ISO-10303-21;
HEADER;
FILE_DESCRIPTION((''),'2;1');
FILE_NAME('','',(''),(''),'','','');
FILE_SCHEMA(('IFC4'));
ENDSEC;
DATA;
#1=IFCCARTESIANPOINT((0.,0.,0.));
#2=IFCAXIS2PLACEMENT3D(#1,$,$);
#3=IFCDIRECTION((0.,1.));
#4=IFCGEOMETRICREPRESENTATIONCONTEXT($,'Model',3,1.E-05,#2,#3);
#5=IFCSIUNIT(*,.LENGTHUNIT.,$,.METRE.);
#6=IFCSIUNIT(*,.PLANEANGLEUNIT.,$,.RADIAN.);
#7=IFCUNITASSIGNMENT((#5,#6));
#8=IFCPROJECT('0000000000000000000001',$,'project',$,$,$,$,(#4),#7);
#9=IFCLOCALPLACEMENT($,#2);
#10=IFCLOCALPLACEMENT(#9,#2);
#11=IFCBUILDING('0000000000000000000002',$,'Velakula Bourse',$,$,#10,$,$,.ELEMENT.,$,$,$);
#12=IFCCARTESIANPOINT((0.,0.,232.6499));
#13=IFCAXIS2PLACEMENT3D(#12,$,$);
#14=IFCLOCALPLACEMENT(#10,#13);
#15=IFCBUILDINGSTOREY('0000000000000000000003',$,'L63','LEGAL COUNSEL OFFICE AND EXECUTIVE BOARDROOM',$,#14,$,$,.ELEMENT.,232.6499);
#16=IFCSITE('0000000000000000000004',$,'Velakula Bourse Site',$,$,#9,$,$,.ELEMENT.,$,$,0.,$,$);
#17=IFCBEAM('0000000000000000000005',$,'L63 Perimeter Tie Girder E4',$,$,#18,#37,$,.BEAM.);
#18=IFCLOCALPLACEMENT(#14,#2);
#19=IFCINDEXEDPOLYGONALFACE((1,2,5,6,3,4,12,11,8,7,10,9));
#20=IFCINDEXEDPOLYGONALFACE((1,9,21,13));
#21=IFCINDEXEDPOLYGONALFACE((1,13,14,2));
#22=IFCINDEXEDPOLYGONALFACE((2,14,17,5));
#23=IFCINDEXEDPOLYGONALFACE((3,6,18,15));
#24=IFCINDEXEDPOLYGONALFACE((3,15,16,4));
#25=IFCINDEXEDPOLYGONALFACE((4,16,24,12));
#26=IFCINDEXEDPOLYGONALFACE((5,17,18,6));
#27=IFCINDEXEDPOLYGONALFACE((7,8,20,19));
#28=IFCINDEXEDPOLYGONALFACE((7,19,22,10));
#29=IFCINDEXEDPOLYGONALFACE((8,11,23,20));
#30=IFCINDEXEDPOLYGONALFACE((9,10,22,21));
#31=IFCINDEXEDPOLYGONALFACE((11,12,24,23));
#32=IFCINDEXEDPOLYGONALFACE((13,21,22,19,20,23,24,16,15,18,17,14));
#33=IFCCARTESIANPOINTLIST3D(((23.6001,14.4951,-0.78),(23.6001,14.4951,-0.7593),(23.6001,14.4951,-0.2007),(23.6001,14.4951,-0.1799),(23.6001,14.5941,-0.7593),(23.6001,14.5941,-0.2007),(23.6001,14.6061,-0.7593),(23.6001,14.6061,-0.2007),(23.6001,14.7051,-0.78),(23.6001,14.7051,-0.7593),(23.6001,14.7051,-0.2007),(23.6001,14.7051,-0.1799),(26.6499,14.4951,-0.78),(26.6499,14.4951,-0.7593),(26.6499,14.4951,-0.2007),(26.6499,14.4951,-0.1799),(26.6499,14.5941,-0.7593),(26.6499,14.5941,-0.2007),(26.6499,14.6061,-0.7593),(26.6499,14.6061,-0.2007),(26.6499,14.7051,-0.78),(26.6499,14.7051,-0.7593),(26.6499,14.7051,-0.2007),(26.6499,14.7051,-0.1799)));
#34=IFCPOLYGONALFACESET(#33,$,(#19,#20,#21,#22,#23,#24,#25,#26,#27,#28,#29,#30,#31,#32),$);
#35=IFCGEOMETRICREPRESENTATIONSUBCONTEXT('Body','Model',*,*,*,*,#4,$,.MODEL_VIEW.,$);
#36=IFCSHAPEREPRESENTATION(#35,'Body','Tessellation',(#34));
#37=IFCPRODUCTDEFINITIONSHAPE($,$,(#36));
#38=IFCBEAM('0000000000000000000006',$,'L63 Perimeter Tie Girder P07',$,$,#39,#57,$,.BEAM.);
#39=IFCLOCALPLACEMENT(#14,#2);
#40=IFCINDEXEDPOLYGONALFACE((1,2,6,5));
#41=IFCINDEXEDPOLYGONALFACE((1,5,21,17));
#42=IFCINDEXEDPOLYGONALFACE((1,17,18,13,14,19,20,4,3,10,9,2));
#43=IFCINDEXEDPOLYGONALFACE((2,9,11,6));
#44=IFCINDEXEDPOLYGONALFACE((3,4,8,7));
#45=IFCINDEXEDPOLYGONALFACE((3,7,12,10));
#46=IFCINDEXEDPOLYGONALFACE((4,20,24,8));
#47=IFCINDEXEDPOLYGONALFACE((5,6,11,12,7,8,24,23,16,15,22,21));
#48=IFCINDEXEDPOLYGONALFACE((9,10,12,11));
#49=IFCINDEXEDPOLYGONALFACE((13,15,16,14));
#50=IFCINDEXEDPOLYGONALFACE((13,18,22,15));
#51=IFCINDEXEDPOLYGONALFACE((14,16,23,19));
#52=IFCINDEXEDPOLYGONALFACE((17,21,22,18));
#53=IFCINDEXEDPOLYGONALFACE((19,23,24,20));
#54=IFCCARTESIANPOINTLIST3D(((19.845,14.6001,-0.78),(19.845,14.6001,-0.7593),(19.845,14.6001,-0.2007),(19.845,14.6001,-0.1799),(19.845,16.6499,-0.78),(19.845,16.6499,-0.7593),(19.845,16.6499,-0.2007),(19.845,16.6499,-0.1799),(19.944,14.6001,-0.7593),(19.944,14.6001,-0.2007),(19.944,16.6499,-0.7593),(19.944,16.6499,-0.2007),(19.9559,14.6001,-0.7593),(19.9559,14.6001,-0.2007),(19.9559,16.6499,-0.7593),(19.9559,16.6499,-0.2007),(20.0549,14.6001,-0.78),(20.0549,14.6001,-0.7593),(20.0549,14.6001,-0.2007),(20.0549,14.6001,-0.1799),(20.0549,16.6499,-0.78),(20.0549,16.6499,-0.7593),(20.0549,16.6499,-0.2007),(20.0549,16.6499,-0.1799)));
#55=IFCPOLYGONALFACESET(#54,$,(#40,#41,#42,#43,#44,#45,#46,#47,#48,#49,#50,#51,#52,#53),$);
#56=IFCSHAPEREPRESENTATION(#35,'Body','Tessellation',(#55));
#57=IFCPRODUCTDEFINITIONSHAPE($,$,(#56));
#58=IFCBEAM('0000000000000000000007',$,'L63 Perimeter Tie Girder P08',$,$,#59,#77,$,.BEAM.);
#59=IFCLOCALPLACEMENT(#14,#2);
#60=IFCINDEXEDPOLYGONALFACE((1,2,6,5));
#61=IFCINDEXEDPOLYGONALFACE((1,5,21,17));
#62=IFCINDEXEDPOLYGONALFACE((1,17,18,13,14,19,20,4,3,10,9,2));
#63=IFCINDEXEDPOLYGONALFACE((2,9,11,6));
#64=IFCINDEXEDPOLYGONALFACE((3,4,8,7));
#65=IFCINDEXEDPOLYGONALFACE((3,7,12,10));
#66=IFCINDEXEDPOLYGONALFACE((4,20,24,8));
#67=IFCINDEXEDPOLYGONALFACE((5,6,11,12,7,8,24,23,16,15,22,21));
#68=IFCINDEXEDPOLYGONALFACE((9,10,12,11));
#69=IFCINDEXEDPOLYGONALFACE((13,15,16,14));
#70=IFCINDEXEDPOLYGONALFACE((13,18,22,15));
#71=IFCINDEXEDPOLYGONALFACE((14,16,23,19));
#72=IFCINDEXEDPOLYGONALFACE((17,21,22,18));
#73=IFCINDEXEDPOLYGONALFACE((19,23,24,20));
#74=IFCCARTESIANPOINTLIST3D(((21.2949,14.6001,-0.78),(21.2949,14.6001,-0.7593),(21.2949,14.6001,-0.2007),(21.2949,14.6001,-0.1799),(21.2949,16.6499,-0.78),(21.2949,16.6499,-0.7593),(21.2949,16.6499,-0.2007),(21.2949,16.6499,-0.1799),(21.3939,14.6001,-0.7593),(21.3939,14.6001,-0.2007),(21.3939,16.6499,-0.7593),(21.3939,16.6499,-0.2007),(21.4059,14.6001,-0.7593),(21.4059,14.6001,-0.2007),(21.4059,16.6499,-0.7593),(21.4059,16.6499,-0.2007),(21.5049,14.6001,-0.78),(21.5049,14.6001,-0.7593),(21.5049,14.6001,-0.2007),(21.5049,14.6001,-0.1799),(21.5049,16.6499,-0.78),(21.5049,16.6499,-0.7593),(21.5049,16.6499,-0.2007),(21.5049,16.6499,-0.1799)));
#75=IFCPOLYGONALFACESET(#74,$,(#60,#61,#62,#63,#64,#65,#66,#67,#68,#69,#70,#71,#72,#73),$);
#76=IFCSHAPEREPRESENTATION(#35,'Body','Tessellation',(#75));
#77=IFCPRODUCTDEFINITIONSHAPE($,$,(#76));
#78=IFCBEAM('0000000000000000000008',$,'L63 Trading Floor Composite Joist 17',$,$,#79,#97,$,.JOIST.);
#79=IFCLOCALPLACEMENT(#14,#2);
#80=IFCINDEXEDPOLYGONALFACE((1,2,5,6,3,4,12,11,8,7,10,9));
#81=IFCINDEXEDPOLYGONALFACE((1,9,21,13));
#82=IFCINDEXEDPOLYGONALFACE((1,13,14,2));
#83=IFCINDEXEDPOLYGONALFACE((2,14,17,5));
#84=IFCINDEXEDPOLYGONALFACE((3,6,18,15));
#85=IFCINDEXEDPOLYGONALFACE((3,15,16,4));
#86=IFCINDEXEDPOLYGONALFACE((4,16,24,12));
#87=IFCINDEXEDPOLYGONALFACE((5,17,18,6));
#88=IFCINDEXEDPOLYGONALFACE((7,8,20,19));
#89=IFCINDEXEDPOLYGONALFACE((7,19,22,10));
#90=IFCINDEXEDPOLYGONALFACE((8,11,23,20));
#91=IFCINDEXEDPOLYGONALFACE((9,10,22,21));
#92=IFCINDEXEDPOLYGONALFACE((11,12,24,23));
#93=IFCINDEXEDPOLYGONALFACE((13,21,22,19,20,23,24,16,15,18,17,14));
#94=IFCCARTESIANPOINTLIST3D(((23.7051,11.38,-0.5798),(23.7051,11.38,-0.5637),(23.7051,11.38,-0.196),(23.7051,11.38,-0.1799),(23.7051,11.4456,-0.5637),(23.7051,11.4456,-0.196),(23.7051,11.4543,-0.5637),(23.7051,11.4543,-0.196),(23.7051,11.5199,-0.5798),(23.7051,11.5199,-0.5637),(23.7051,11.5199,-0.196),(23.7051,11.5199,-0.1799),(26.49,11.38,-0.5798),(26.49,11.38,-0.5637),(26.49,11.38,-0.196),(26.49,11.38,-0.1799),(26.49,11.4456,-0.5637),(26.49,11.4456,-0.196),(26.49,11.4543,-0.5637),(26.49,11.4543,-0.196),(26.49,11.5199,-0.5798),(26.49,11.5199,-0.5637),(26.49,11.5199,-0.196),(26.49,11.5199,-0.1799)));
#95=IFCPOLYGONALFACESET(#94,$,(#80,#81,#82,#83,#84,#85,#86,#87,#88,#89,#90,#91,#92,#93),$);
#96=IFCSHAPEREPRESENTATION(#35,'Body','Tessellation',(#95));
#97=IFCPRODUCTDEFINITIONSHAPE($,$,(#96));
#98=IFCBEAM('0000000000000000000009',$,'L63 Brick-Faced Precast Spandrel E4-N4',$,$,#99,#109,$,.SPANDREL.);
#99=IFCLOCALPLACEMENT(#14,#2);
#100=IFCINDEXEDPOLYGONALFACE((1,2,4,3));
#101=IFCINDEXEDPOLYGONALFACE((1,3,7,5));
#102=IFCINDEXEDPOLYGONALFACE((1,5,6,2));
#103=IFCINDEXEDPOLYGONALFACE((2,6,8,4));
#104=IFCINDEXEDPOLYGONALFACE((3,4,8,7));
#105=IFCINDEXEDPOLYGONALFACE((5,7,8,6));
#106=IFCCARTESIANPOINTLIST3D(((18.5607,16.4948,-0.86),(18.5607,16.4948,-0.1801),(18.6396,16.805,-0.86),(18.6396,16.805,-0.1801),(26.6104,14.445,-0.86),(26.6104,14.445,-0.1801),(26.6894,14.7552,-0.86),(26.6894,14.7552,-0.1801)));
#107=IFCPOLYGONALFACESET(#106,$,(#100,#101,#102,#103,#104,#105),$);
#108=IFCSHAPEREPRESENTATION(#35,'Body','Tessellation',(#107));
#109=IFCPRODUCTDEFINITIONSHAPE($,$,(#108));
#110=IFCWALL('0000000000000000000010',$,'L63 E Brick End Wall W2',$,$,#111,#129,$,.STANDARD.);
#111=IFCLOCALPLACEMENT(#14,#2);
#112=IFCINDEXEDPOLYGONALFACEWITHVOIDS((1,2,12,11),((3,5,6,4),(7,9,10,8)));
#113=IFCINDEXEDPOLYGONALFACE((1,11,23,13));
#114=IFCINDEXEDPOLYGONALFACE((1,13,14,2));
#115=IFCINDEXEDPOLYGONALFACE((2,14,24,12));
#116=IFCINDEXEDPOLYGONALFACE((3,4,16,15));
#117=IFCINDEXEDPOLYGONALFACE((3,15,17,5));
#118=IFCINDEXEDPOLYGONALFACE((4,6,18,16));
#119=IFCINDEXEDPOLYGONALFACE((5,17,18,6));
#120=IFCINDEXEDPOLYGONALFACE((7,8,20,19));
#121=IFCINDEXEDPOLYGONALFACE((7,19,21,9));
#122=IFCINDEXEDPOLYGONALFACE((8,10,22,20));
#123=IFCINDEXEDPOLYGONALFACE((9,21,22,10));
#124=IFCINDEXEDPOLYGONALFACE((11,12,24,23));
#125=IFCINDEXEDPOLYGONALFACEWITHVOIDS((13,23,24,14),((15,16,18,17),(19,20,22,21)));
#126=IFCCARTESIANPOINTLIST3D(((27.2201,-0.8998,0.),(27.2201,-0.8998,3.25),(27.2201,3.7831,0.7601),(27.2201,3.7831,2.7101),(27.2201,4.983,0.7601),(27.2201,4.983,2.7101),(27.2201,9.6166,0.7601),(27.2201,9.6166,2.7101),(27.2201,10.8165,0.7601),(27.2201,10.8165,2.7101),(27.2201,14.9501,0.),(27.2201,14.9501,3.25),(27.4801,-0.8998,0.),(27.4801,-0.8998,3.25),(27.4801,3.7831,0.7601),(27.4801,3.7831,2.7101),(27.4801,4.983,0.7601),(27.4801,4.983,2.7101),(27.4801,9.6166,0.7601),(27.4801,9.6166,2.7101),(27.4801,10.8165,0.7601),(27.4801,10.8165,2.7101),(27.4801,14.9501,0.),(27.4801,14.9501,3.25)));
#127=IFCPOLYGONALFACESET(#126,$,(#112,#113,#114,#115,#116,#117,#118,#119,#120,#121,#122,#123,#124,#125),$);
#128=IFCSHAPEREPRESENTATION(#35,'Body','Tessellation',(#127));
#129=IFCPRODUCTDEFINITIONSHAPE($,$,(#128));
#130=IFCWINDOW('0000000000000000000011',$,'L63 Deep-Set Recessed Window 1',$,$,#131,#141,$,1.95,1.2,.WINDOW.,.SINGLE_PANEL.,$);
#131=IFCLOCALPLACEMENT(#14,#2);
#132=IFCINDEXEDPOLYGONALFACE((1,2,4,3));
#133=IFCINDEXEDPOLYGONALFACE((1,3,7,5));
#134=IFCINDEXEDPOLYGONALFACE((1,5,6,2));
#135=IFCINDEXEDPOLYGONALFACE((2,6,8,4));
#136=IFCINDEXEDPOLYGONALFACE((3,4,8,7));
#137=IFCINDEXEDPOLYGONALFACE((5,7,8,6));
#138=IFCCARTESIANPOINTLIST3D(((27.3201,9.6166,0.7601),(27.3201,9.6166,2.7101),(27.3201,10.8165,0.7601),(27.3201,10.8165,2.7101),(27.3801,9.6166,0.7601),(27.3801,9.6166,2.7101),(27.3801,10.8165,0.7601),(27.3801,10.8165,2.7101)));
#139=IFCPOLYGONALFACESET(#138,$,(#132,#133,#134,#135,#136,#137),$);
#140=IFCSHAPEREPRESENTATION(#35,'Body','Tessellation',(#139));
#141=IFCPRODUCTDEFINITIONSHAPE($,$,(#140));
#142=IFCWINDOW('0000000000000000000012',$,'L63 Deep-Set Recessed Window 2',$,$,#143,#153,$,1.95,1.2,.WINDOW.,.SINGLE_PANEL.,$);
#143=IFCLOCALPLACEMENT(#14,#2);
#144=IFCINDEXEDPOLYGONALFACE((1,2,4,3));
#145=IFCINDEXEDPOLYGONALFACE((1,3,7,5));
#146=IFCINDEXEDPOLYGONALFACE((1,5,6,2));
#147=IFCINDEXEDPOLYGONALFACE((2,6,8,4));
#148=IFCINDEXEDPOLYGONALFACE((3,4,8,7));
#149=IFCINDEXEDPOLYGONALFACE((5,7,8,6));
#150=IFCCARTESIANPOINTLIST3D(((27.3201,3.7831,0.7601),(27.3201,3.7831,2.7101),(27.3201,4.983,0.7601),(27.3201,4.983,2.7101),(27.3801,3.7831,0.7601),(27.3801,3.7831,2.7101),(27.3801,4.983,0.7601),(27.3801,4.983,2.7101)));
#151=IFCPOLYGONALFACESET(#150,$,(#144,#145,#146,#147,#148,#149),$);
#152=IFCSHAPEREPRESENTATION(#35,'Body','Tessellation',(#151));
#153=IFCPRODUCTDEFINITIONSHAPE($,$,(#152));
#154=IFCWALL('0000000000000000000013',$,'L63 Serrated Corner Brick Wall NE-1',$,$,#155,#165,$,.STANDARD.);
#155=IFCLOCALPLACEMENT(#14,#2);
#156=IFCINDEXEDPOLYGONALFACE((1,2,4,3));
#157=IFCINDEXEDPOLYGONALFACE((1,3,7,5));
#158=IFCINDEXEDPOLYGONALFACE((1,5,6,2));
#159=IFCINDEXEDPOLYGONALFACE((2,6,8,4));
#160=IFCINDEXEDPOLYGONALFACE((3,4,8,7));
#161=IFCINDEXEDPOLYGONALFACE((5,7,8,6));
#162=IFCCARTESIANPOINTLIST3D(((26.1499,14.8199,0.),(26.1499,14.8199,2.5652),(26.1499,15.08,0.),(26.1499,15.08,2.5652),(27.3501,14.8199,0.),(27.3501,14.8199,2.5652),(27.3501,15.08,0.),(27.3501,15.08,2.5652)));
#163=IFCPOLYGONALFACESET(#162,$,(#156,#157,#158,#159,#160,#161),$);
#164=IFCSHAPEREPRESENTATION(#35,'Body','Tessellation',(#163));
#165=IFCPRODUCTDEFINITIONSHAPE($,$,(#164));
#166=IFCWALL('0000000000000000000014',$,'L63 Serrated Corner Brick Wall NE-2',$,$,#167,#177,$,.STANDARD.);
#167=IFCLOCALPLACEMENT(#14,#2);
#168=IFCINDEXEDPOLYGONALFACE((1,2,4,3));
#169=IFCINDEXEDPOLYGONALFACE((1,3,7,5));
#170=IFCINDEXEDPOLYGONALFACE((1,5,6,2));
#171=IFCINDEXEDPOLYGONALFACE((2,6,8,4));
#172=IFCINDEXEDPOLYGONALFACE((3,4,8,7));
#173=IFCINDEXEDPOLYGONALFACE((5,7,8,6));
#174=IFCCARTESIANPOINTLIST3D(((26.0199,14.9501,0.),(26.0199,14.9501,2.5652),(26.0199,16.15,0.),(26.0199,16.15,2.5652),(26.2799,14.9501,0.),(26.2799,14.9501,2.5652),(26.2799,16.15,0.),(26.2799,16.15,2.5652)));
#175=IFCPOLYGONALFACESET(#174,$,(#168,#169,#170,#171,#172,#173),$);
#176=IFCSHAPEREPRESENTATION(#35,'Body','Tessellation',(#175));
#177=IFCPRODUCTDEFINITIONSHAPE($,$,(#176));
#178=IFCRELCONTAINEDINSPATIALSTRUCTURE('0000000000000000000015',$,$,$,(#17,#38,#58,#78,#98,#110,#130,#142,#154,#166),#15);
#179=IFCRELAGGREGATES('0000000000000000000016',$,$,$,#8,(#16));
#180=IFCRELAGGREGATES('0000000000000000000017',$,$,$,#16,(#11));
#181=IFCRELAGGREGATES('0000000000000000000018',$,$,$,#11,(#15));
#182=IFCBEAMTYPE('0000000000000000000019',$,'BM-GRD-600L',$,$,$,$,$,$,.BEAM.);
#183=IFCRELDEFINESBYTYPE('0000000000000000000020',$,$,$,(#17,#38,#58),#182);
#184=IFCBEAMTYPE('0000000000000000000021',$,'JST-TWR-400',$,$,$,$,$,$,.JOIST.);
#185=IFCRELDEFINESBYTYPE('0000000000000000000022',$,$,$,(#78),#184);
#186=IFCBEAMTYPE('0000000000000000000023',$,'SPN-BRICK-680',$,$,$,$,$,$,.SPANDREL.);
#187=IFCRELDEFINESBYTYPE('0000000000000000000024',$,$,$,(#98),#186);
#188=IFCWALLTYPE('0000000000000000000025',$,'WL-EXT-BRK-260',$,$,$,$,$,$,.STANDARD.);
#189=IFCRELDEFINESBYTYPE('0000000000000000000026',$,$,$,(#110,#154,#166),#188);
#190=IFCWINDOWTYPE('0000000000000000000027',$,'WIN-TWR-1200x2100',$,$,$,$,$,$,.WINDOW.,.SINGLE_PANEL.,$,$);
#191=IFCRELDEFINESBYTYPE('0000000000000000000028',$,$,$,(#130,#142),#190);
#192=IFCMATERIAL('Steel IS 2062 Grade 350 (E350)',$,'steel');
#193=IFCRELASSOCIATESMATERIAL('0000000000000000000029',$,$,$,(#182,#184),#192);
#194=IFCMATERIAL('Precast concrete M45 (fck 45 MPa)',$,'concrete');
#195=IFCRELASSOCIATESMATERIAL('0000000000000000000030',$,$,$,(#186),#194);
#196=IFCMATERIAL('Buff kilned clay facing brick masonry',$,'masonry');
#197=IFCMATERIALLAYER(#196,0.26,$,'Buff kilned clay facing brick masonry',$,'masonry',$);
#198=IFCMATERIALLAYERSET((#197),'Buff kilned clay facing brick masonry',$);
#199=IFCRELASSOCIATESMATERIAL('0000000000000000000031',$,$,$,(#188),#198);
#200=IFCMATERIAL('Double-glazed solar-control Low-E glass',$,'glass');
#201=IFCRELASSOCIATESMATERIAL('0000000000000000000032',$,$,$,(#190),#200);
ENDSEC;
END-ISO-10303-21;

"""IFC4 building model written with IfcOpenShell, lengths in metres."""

from ifc_helpers import new_model, si_unit, direction, frame, frame_2d, origin, origin_2d, place, context, subcontext, project, spatial, rectangle, i_section, extrude, material, layer, layer_set, material_profile, profile_set, type_object, element, fill, save


model = new_model("IFC4")

# Units and contexts
model_context = context("Model", 3, precision=1e-05, world=origin(), true_north=direction((0.0, 1.0)))
body_context = subcontext(model_context, "Body", "Model", "MODEL_VIEW")
ifc_project = project(units=[si_unit("LENGTHUNIT", "METRE"), si_unit("PLANEANGLEUNIT", "RADIAN")], contexts=[model_context])

# Site, building, storey
site_placement = place(None, origin())
site = spatial("IfcSite", under=ifc_project, at=site_placement, Name="Velakula Bourse Site", CompositionType="ELEMENT", RefElevation=0.0)
building_placement = place(site_placement, origin())
building = spatial("IfcBuilding", under=site, at=building_placement, Name="Velakula Bourse", CompositionType="ELEMENT")
storey_placement = place(building_placement, frame((0.0, 0.0, 232.6499)))
storey = spatial("IfcBuildingStorey", under=building, at=storey_placement, Name="L63", Description="LEGAL COUNSEL OFFICE AND EXECUTIVE BOARDROOM", CompositionType="ELEMENT", Elevation=232.6499)

# Shared definitions
ifc_material_1 = material(Name="Steel IS 2062 Grade 350 (E350)", Category="steel")
ifc_material_2 = material(Name="Precast concrete M45 (fck 45 MPa)", Category="concrete")

# Beams
ifc_material_profile_1 = material_profile(ifc_material_1, i_section(OverallWidth=0.21, OverallDepth=0.6001, WebThickness=0.012, FlangeThickness=0.0208, at=origin_2d()), Name="Steel IS 2062 Grade 350 (E350)")
ifc_profile_set_1 = profile_set([ifc_material_profile_1], Name="Steel IS 2062 Grade 350 (E350)")
beam_type_1 = type_object("IfcBeamType", Name="BM-GRD-600L", PredefinedType="BEAM", material=ifc_profile_set_1)
beam_1_placement = place(storey_placement, frame((23.6001, 14.6001, -0.48), z_axis=(1.0, 0.0, 0.0), x_axis=(0.0, 1.0, 0.0)))
element("IfcBeam", 1, at=beam_1_placement, inside=storey, type_object=beam_type_1, Name="L63 Perimeter Tie Girder E4", PredefinedType="BEAM", context=body_context, shape_type="SweptSolid", body=[
    extrude(i_section(OverallWidth=0.21, OverallDepth=0.6001, WebThickness=0.012, FlangeThickness=0.0208, at=origin_2d()), origin(), (0.0, 0.0, 1.0), 3.0498),
])
for number, where, z_axis, x_axis, name in (
    (2, (19.95, 14.6001, -0.48), (0.0, 1.0, 0.0), (-1.0, 0.0, 0.0), "L63 Perimeter Tie Girder P07"),
    (3, (21.3999, 14.6001, -0.48), (0.0, 1.0, 0.0), (-1.0, 0.0, 0.0), "L63 Perimeter Tie Girder P08"),
):
    element("IfcBeam", number, at=place(storey_placement, frame(where, z_axis=z_axis, x_axis=x_axis)), inside=storey, type_object=beam_type_1, Name=name, PredefinedType="BEAM", context=body_context, shape_type="SweptSolid", body=[
        extrude(i_section(OverallWidth=0.21, OverallDepth=0.6001, WebThickness=0.012, FlangeThickness=0.0208, at=origin_2d()), origin(), (0.0, 0.0, 1.0), 2.0498),
    ])
ifc_material_profile_2 = material_profile(ifc_material_1, i_section(OverallWidth=0.1399, OverallDepth=0.3999, WebThickness=0.0088, FlangeThickness=0.0161, at=origin_2d()), Name="Steel IS 2062 Grade 350 (E350)")
ifc_profile_set_2 = profile_set([ifc_material_profile_2], Name="Steel IS 2062 Grade 350 (E350)")
beam_type_2 = type_object("IfcBeamType", Name="JST-TWR-400", PredefinedType="JOIST", material=ifc_profile_set_2)
beam_2_placement = place(storey_placement, frame((23.7051, 11.45, -0.3799), z_axis=(1.0, 0.0, 0.0), x_axis=(0.0, 1.0, 0.0)))
element("IfcBeam", 4, at=beam_2_placement, inside=storey, type_object=beam_type_2, Name="L63 Trading Floor Composite Joist 17", PredefinedType="JOIST", context=body_context, shape_type="SweptSolid", body=[
    extrude(i_section(OverallWidth=0.1399, OverallDepth=0.3999, WebThickness=0.0088, FlangeThickness=0.0161, at=origin_2d()), origin(), (0.0, 0.0, 1.0), 2.7849),
])
ifc_material_profile_3 = material_profile(ifc_material_2, rectangle(XDim=0.3201, YDim=0.6799, at=origin_2d()), Name="Precast concrete M45 (fck 45 MPa)")
ifc_profile_set_3 = profile_set([ifc_material_profile_3], Name="Precast concrete M45 (fck 45 MPa)")
beam_type_3 = type_object("IfcBeamType", Name="SPN-BRICK-680", PredefinedType="SPANDREL", material=ifc_profile_set_3)
beam_3_placement = place(storey_placement, frame((26.6499, 14.6001, -0.52), z_axis=(-0.969075, 0.246766, 0.0), x_axis=(-0.246766, -0.969075, 0.0)))
element("IfcBeam", 5, at=beam_3_placement, inside=storey, type_object=beam_type_3, Name="L63 Brick-Faced Precast Spandrel E4-N4", PredefinedType="SPANDREL", context=body_context, shape_type="SweptSolid", body=[
    extrude(rectangle(XDim=0.3201, YDim=0.6799, at=origin_2d()), origin(), (0.0, 0.0, 1.0), 8.3066),
])

# Wall, openings, windows
ifc_material_3 = material(Name="Buff kilned clay facing brick masonry", Category="masonry")
ifc_layer = layer(ifc_material_3, 0.26, Name="Buff kilned clay facing brick masonry", Category="masonry")
ifc_layer_set = layer_set([ifc_layer], Name="Buff kilned clay facing brick masonry")
wall_type = type_object("IfcWallType", Name="WL-EXT-BRK-260", PredefinedType="STANDARD", material=ifc_layer_set)
wall_1_placement = place(storey_placement, frame((27.3501, 14.95, 0.0), z_axis=(0.0, 0.0, 1.0), x_axis=(0.0, -1.0, 0.0)))
wall_1 = element("IfcWall", 6, at=wall_1_placement, inside=storey, type_object=wall_type, Name="L63 E Brick End Wall W2", PredefinedType="STANDARD", context=body_context, shape_type="SweptSolid", body=[
    extrude(rectangle(XDim=15.8499, YDim=0.26, at=frame_2d((7.9248, 0.0))), origin(), (0.0, 0.0, 1.0), 3.25),
])
opening_1_placement = place(wall_1_placement, frame((4.1333, 0.0, 0.76)))
opening_1 = element("IfcOpeningElement", 7, at=opening_1_placement, cuts=wall_1, PredefinedType="OPENING", context=body_context, shape_type="SweptSolid", body=[
    extrude(rectangle(XDim=1.2, YDim=1.95, at=frame_2d((0.6001, 0.9751))), frame((0.0, 0.1399, 0.0), z_axis=(0.0, -1.0, 0.0), x_axis=(1.0, 0.0, 0.0)), (0.0, 0.0, 1.0), 0.28),
])
opening_2_placement = place(wall_1_placement, frame((9.9668, 0.0, 0.76)))
opening_2 = element("IfcOpeningElement", 8, at=opening_2_placement, cuts=wall_1, PredefinedType="OPENING", context=body_context, shape_type="SweptSolid", body=[
    extrude(rectangle(XDim=1.2, YDim=1.95, at=frame_2d((0.6001, 0.9751))), frame((0.0, 0.1399, 0.0), z_axis=(0.0, -1.0, 0.0), x_axis=(1.0, 0.0, 0.0)), (0.0, 0.0, 1.0), 0.28),
])
ifc_material_4 = material(Name="Double-glazed solar-control Low-E glass", Category="glass")
window_type = type_object("IfcWindowType", Name="WIN-TWR-1200x2100", PartitioningType="SINGLE_PANEL", PredefinedType="WINDOW", material=ifc_material_4)
window_1_placement = place(opening_1_placement, origin())
window_1 = element("IfcWindow", 9, at=window_1_placement, inside=storey, type_object=window_type, Name="L63 Deep-Set Recessed Window 1", OverallHeight=1.95, OverallWidth=1.2, PartitioningType="SINGLE_PANEL", PredefinedType="WINDOW", context=body_context, shape_type="SweptSolid", body=[
    extrude(rectangle(XDim=1.2, YDim=1.95, at=frame_2d((0.6001, 0.9751))), frame((0.0, 0.03, 0.0), z_axis=(0.0, -1.0, 0.0), x_axis=(1.0, 0.0, 0.0)), (0.0, 0.0, 1.0), 0.0601),
])
fill(opening_1, window_1)
window_2_placement = place(opening_2_placement, origin())
window_2 = element("IfcWindow", 10, at=window_2_placement, inside=storey, type_object=window_type, Name="L63 Deep-Set Recessed Window 2", OverallHeight=1.95, OverallWidth=1.2, PartitioningType="SINGLE_PANEL", PredefinedType="WINDOW", context=body_context, shape_type="SweptSolid", body=[
    extrude(rectangle(XDim=1.2, YDim=1.95, at=frame_2d((0.6001, 0.9751))), frame((0.0, 0.03, 0.0), z_axis=(0.0, -1.0, 0.0), x_axis=(1.0, 0.0, 0.0)), (0.0, 0.0, 1.0), 0.0601),
])
fill(opening_2, window_2)

# Walls
wall_2_placement = place(storey_placement, frame((27.3501, 14.95, 0.0), z_axis=(0.0, 0.0, 1.0), x_axis=(-1.0, 0.0, 0.0)))
element("IfcWall", 11, at=wall_2_placement, inside=storey, type_object=wall_type, Name="L63 Serrated Corner Brick Wall NE-1", PredefinedType="STANDARD", context=body_context, shape_type="SweptSolid", body=[
    extrude(rectangle(XDim=1.2002, YDim=0.26, at=frame_2d((0.6001, 0.0))), origin(), (0.0, 0.0, 1.0), 2.5652),
])
for number, where, z_axis, x_axis, name in (
    (12, (26.1499, 14.95, 0.0), (0.0, 0.0, 1.0), (0.0, 1.0, 0.0), "L63 Serrated Corner Brick Wall NE-2"),
):
    element("IfcWall", number, at=place(storey_placement, frame(where, z_axis=z_axis, x_axis=x_axis)), inside=storey, type_object=wall_type, Name=name, PredefinedType="STANDARD", context=body_context, shape_type="SweptSolid", body=[
        extrude(rectangle(XDim=1.2, YDim=0.26, at=frame_2d((0.6001, 0.0))), origin(), (0.0, 0.0, 1.0), 2.5652),
    ])

save(model, "model.ifc")
